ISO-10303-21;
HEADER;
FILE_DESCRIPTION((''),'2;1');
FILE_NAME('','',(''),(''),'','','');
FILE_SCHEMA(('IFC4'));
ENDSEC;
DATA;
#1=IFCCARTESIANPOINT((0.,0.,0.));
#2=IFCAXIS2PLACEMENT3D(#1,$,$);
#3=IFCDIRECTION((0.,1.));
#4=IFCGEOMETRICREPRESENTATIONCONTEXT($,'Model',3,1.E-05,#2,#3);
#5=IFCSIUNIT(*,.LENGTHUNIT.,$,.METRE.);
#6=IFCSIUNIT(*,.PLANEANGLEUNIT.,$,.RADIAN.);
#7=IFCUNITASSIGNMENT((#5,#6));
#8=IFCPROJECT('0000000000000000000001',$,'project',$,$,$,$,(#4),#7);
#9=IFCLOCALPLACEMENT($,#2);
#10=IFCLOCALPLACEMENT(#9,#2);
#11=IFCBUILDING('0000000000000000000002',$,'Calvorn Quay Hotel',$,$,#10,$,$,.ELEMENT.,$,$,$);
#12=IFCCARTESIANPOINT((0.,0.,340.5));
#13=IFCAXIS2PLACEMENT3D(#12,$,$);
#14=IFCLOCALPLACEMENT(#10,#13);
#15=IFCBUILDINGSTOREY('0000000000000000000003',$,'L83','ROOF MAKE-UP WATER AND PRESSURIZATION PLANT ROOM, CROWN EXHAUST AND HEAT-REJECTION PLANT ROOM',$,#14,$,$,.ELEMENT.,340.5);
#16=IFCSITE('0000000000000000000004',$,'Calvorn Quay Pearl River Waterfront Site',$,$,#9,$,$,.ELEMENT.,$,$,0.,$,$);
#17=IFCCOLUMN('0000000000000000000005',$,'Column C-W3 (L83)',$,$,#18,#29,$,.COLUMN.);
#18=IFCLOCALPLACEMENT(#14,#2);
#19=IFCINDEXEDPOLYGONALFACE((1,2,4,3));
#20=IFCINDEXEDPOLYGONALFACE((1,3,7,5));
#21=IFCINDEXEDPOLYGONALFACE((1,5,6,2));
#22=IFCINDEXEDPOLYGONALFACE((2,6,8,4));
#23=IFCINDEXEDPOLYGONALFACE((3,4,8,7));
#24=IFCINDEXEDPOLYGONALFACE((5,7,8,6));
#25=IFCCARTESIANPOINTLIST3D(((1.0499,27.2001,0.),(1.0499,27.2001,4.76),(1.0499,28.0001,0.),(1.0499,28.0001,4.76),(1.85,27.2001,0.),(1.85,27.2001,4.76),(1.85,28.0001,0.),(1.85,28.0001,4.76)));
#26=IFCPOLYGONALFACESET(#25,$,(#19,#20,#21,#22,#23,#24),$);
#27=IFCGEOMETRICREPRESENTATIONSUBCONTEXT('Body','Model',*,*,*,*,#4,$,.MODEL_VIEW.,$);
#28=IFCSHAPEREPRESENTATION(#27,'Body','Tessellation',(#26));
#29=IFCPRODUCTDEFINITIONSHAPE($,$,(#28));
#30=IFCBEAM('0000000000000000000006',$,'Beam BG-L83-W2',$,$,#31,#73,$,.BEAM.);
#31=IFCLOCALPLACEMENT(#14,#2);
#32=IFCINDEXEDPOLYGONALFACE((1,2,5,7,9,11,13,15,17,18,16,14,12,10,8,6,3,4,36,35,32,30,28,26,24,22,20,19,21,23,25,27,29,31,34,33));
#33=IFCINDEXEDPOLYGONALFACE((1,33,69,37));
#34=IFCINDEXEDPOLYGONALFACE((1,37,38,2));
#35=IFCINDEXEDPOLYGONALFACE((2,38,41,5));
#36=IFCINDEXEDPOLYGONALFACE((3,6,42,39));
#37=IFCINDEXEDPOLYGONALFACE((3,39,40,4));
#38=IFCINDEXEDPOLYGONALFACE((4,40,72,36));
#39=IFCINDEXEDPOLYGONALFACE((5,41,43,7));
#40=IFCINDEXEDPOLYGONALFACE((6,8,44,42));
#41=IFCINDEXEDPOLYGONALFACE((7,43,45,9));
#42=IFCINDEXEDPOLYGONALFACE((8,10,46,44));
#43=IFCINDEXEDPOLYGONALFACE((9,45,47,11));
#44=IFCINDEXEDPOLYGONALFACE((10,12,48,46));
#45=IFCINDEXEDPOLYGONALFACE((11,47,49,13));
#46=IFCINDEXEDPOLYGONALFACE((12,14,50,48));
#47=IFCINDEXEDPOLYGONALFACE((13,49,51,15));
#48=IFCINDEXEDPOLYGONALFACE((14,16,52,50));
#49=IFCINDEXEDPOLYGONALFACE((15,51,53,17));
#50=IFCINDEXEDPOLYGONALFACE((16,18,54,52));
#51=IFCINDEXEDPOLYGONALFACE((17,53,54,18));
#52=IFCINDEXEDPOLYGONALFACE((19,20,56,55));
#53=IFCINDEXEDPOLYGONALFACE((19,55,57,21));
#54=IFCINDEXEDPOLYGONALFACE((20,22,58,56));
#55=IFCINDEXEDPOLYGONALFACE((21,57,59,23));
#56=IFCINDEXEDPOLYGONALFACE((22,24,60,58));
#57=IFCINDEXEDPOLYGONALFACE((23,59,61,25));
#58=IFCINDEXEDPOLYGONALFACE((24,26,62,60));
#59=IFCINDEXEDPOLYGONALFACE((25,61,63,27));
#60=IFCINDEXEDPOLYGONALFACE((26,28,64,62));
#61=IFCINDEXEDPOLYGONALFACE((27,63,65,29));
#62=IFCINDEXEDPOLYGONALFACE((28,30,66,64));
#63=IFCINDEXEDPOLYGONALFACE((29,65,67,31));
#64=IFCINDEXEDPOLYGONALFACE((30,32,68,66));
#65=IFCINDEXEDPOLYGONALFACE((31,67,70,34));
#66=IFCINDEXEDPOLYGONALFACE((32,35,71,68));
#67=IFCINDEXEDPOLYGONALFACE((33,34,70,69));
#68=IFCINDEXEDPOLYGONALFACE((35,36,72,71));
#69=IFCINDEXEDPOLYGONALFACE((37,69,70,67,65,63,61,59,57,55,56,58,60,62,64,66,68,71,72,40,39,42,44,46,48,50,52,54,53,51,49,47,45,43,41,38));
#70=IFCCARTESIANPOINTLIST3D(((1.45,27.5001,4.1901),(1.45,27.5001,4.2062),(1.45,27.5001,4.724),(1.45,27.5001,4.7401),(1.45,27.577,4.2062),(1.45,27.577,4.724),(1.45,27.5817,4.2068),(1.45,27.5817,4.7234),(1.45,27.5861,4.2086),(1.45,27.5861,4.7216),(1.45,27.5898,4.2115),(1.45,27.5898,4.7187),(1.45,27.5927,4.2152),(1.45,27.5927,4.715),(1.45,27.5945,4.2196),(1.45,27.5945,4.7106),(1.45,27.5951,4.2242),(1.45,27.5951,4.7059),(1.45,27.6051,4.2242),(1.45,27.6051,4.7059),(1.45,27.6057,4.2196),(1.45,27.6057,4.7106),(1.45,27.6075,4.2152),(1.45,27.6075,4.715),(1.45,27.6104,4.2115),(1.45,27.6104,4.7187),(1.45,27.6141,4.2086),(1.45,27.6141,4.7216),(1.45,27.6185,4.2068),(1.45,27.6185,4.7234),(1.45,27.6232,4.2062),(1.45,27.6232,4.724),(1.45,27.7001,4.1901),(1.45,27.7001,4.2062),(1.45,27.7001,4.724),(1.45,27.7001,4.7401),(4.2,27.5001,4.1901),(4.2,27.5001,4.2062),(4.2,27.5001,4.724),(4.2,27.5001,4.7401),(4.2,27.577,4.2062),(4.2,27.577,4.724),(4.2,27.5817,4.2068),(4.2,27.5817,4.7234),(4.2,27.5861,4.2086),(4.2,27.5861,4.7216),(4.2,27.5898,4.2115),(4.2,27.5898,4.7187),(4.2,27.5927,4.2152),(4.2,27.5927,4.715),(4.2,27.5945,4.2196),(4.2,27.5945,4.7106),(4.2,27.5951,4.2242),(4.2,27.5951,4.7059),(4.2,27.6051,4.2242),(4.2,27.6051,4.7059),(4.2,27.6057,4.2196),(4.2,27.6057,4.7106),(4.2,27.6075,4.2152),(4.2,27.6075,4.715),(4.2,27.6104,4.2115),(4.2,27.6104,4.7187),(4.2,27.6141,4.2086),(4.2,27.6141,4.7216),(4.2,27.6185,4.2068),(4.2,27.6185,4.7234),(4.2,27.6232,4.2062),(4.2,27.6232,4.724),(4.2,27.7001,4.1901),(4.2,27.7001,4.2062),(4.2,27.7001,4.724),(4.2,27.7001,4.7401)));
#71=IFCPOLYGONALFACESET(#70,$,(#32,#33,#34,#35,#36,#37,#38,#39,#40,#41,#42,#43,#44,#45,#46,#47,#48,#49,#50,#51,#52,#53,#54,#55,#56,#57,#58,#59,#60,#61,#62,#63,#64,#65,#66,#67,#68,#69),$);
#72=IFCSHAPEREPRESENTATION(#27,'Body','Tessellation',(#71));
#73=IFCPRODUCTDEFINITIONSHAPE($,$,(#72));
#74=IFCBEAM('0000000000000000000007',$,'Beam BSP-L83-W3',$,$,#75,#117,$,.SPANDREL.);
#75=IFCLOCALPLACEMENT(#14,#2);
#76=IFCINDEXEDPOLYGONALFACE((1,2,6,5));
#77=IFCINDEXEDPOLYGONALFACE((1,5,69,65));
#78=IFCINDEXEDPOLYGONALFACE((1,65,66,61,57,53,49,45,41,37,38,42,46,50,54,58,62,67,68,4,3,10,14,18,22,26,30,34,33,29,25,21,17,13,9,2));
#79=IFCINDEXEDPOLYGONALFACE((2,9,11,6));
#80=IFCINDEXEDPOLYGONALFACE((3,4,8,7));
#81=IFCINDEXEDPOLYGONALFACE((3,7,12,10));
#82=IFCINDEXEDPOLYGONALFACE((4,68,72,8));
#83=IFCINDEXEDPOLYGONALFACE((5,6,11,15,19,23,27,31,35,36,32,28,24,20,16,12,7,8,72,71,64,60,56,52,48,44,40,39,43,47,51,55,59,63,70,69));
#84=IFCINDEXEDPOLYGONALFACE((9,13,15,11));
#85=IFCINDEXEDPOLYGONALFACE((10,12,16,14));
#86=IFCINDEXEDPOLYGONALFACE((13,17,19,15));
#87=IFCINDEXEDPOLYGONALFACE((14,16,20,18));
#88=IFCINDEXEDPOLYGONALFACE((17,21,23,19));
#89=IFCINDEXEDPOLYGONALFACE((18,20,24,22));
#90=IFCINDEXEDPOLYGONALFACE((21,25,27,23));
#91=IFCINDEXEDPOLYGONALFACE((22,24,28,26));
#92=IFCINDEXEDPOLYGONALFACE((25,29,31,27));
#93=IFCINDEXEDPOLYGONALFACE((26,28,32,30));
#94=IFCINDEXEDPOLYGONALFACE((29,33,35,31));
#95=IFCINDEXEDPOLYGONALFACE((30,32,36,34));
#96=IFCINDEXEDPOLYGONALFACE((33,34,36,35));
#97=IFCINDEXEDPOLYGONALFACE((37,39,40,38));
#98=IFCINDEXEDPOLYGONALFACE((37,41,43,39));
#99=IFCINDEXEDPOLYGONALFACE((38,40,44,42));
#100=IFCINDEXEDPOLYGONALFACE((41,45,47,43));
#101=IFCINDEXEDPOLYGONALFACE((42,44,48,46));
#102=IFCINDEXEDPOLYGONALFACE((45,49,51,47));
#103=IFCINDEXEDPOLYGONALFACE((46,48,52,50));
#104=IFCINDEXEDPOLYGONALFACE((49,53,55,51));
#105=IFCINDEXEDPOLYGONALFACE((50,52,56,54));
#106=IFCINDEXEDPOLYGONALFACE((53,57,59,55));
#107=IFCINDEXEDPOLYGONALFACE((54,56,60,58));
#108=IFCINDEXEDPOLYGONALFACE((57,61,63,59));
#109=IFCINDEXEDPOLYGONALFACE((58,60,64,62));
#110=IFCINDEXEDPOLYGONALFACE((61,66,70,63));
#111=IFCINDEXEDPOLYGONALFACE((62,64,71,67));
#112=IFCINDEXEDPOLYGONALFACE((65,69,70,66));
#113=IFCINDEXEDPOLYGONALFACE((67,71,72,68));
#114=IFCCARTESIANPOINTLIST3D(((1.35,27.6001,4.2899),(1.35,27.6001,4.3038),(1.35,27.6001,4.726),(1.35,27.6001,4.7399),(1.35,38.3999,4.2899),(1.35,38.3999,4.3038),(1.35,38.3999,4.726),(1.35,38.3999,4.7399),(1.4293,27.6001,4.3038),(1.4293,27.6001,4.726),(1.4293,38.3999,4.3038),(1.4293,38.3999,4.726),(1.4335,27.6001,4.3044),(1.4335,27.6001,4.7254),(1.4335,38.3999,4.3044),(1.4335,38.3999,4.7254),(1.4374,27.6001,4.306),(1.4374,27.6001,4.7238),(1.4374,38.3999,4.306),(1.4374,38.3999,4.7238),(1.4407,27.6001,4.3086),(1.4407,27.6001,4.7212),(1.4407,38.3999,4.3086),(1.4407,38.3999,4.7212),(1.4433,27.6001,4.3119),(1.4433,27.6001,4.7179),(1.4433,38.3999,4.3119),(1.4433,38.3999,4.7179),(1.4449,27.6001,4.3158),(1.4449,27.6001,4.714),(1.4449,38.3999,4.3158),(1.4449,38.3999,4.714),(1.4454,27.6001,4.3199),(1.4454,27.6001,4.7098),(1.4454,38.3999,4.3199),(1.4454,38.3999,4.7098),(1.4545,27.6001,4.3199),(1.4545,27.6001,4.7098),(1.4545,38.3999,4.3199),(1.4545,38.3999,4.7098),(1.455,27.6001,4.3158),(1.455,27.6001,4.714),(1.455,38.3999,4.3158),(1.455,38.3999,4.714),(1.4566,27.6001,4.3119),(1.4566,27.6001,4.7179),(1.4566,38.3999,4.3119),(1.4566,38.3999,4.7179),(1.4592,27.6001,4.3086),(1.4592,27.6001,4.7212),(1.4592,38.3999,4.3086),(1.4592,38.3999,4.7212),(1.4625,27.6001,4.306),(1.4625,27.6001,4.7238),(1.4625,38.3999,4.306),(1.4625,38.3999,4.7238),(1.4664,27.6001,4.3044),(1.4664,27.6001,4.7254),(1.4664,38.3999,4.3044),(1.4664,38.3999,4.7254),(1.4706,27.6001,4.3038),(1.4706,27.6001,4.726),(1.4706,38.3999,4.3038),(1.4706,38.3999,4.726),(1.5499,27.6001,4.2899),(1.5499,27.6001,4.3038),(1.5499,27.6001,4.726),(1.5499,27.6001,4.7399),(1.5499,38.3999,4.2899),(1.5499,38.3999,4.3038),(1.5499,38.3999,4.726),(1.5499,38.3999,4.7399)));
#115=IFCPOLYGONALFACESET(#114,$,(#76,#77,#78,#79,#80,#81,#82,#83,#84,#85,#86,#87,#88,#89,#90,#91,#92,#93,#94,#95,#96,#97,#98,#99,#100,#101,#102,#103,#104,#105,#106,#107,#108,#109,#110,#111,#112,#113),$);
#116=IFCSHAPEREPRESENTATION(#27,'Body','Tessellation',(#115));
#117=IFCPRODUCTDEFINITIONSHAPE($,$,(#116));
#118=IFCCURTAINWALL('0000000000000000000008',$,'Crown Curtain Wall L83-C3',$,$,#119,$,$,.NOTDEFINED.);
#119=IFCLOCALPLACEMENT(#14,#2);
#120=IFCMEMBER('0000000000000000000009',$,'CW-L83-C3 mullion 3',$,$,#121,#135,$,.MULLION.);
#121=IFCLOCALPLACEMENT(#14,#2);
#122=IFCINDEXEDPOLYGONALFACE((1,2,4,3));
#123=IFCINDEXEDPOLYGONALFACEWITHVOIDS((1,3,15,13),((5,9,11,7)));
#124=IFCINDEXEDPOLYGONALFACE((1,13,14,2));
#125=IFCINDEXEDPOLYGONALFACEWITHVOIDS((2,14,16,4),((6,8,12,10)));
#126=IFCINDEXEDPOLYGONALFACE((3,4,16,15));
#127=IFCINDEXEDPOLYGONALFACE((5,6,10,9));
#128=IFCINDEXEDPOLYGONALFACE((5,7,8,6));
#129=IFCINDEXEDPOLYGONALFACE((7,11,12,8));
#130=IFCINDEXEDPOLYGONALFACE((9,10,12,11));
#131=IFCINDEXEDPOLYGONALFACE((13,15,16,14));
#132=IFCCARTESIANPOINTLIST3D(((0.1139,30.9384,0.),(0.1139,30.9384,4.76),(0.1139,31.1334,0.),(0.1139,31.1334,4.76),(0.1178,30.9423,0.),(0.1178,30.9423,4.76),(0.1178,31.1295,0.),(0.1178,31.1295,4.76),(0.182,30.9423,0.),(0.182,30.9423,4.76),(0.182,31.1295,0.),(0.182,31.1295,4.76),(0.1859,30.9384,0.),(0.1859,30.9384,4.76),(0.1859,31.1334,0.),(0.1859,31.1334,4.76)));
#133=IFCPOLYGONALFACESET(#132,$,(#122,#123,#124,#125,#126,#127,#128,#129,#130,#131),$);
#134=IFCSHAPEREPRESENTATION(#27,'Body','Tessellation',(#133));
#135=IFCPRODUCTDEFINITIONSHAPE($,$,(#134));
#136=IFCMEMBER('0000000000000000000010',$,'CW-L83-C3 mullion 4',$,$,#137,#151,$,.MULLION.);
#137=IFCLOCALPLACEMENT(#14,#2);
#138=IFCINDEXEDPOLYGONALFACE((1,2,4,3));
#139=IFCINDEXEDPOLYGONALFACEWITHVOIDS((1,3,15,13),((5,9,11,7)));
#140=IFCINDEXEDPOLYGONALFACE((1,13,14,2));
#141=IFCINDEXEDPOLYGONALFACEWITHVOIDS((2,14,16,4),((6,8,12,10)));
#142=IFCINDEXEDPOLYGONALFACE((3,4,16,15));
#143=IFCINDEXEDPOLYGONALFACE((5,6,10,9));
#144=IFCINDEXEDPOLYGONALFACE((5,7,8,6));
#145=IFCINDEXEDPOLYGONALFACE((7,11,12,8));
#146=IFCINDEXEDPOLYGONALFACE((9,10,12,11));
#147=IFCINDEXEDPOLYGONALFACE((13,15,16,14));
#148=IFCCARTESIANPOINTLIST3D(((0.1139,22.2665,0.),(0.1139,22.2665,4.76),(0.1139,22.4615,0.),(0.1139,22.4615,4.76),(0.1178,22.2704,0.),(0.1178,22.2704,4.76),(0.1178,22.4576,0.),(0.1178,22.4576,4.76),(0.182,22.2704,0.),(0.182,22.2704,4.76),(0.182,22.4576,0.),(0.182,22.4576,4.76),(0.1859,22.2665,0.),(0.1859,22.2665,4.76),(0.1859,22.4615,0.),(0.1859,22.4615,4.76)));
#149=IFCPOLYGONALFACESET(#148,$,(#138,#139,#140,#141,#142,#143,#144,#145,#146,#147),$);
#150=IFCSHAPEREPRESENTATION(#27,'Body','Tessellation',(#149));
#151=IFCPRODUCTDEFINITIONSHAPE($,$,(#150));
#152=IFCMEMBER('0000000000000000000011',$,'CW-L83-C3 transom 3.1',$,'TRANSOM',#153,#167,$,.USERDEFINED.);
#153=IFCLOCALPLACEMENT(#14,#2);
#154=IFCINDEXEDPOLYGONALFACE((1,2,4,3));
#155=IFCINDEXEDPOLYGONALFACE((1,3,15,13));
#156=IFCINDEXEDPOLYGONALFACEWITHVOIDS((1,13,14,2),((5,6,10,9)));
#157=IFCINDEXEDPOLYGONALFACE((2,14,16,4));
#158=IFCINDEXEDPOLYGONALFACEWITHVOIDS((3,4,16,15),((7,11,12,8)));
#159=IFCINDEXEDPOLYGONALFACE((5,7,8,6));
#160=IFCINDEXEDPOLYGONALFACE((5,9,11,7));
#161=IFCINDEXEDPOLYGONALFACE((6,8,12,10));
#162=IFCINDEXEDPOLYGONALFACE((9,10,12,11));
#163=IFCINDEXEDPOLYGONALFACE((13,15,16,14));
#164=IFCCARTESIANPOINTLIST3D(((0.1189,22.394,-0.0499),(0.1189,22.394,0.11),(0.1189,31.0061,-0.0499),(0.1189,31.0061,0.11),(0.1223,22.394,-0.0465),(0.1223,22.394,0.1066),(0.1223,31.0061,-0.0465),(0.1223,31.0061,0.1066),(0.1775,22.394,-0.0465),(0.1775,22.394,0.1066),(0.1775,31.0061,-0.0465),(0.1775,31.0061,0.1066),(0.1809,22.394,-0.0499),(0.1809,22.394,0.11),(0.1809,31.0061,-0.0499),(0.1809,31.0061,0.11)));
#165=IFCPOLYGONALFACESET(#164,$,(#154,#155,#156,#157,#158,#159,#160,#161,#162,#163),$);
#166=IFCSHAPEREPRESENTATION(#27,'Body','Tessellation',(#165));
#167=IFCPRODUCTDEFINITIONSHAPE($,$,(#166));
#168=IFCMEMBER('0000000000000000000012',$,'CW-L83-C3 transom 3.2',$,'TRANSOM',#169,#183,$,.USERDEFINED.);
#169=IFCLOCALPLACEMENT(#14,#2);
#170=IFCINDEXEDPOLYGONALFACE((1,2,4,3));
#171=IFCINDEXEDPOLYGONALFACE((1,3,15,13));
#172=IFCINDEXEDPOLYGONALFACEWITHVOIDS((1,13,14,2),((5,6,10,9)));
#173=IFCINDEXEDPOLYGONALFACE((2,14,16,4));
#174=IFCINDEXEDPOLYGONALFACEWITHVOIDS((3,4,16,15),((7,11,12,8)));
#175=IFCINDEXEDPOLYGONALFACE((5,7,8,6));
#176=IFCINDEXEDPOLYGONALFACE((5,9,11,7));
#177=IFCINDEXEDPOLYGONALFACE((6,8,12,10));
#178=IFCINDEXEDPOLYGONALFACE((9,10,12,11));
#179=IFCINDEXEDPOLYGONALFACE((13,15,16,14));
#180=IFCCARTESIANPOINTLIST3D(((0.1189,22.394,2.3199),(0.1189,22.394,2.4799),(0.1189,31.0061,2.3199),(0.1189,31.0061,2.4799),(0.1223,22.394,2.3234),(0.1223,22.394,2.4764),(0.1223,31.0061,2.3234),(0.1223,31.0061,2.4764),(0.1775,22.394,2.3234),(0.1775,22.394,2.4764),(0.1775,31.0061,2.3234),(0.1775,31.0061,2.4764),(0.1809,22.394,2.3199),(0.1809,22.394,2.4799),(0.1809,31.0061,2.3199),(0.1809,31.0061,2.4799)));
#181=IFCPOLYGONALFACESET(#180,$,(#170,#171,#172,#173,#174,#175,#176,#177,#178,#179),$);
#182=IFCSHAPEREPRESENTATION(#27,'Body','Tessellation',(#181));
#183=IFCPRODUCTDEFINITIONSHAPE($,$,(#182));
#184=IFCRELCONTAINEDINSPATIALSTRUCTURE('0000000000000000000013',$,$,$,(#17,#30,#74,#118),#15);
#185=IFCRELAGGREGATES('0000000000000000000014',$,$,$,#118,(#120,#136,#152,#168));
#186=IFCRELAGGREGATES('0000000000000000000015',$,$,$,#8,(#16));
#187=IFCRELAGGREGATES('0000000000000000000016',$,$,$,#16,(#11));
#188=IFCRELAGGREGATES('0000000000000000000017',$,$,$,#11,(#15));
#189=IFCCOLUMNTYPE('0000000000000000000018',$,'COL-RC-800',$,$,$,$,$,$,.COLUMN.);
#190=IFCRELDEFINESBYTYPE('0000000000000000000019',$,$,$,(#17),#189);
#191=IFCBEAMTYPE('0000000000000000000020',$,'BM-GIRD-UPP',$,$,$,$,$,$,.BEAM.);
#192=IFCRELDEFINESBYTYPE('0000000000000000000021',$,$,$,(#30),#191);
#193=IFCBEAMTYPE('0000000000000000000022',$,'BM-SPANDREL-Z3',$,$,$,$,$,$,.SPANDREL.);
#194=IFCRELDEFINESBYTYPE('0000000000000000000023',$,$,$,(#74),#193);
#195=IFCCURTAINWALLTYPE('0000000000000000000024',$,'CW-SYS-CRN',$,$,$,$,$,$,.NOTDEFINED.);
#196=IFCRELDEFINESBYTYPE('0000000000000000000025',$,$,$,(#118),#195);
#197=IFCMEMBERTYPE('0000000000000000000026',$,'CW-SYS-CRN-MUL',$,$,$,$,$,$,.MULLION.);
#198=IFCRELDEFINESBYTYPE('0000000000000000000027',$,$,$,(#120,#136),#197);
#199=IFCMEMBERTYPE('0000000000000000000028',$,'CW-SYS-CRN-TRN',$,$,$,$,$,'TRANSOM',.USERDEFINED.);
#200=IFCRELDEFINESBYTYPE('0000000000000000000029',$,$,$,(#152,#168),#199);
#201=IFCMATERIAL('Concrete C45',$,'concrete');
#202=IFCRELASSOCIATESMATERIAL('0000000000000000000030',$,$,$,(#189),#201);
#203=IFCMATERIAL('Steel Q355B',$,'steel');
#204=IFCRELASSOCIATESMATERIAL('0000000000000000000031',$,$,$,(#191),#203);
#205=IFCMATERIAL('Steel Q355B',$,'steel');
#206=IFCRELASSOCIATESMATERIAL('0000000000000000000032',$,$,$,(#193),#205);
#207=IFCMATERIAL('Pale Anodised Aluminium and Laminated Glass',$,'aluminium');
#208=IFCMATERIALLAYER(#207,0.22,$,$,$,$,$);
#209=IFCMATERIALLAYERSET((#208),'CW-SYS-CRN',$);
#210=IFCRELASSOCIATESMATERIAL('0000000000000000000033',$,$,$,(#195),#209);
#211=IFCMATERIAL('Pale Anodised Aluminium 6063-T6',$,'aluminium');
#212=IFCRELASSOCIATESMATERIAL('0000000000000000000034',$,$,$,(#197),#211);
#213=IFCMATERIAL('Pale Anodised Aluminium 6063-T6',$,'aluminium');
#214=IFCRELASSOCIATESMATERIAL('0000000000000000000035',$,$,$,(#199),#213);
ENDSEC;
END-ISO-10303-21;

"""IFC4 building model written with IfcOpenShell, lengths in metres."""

from ifc_helpers import new_model, si_unit, direction, frame, origin, origin_2d, place, context, subcontext, project, spatial, rectangle, hollow_rectangle, i_section, extrude, material, layer, layer_set, material_profile, profile_set, type_object, element, aggregate, save


model = new_model("IFC4")

# Units and contexts
model_context = context("Model", 3, precision=1e-05, world=origin(), true_north=direction((0.0, 1.0)))
body_context = subcontext(model_context, "Body", "Model", "MODEL_VIEW")
ifc_project = project(units=[si_unit("LENGTHUNIT", "METRE"), si_unit("PLANEANGLEUNIT", "RADIAN")], contexts=[model_context])

# Site, building, storey
site_placement = place(None, origin())
site = spatial("IfcSite", under=ifc_project, at=site_placement, Name="Calvorn Quay Pearl River Waterfront Site", CompositionType="ELEMENT", RefElevation=0.0)
building_placement = place(site_placement, origin())
building = spatial("IfcBuilding", under=site, at=building_placement, Name="Calvorn Quay Hotel", CompositionType="ELEMENT")
storey_placement = place(building_placement, frame((0.0, 0.0, 340.5)))
storey = spatial("IfcBuildingStorey", under=building, at=storey_placement, Name="L83", Description="ROOF MAKE-UP WATER AND PRESSURIZATION PLANT ROOM, CROWN EXHAUST AND HEAT-REJECTION PLANT ROOM", CompositionType="ELEMENT", Elevation=340.5)

# Column
ifc_material_1 = material(Name="Concrete C45", Category="concrete")
ifc_material_profile_1 = material_profile(ifc_material_1, rectangle(XDim=0.8, YDim=0.8, at=origin_2d()), Name="RC800x800")
ifc_profile_set_1 = profile_set([ifc_material_profile_1], Name="Concrete C45")
column_type = type_object("IfcColumnType", Name="COL-RC-800", PredefinedType="COLUMN", material=ifc_profile_set_1)
column_placement = place(storey_placement, frame((1.45, 27.6001, 0.0), z_axis=(0.0, 0.0, 1.0), x_axis=(1.0, 0.0, 0.0)))
element("IfcColumn", 1, at=column_placement, inside=storey, type_object=column_type, Name="Column C-W3 (L83)", PredefinedType="COLUMN", context=body_context, shape_type="SweptSolid", body=[
    extrude(rectangle(XDim=0.8, YDim=0.8, at=origin_2d()), origin(), (0.0, 0.0, 1.0), 4.76),
])

# Beams
ifc_material_2 = material(Name="Steel Q355B", Category="steel")
ifc_material_profile_2 = material_profile(ifc_material_2, i_section(OverallWidth=0.2, OverallDepth=0.55, WebThickness=0.01, FlangeThickness=0.0161, FilletRadius=0.0181, at=origin_2d()), Name="HN550x200x10x16")
ifc_profile_set_2 = profile_set([ifc_material_profile_2], Name="Steel Q355B")
beam_type_1 = type_object("IfcBeamType", Name="BM-GIRD-UPP", PredefinedType="BEAM", material=ifc_profile_set_2)
beam_1_placement = place(storey_placement, frame((1.45, 27.6001, 4.4651), z_axis=(1.0, 0.0, 0.0), x_axis=(0.0, 1.0, 0.0)))
element("IfcBeam", 2, at=beam_1_placement, inside=storey, type_object=beam_type_1, Name="Beam BG-L83-W2", PredefinedType="BEAM", context=body_context, shape_type="SweptSolid", body=[
    extrude(i_section(OverallWidth=0.2, OverallDepth=0.55, WebThickness=0.01, FlangeThickness=0.0161, FilletRadius=0.0181, at=origin_2d()), origin(), (0.0, 0.0, 1.0), 2.75),
])
ifc_material_3 = material(Name="Steel Q355B", Category="steel")
ifc_material_profile_3 = material_profile(ifc_material_3, i_section(OverallWidth=0.2, OverallDepth=0.45, WebThickness=0.009, FlangeThickness=0.0139, FilletRadius=0.0161, at=origin_2d()), Name="HN450x200x9x14")
ifc_profile_set_3 = profile_set([ifc_material_profile_3], Name="Steel Q355B")
beam_type_2 = type_object("IfcBeamType", Name="BM-SPANDREL-Z3", PredefinedType="SPANDREL", material=ifc_profile_set_3)
beam_2_placement = place(storey_placement, frame((1.45, 27.6001, 4.5149), z_axis=(0.0, 1.0, 0.0), x_axis=(-1.0, 0.0, 0.0)))
element("IfcBeam", 3, at=beam_2_placement, inside=storey, type_object=beam_type_2, Name="Beam BSP-L83-W3", PredefinedType="SPANDREL", context=body_context, shape_type="SweptSolid", body=[
    extrude(i_section(OverallWidth=0.2, OverallDepth=0.45, WebThickness=0.009, FlangeThickness=0.0139, FilletRadius=0.0161, at=origin_2d()), origin(), (0.0, 0.0, 1.0), 10.7998),
])

# Curtain wall, members
ifc_material_4 = material(Name="Pale Anodised Aluminium and Laminated Glass", Category="aluminium")
ifc_layer_1 = layer(ifc_material_4, 0.22)
ifc_layer_set_1 = layer_set([ifc_layer_1], Name="CW-SYS-CRN")
curtain_wall_type = type_object("IfcCurtainWallType", Name="CW-SYS-CRN", PredefinedType="NOTDEFINED", material=ifc_layer_set_1)
curtain_wall_placement = place(storey_placement, origin())
curtain_wall = element("IfcCurtainWall", 4, at=curtain_wall_placement, inside=storey, type_object=curtain_wall_type, Name="Crown Curtain Wall L83-C3", PredefinedType="NOTDEFINED")
ifc_material_5 = material(Name="Pale Anodised Aluminium 6063-T6", Category="aluminium")
ifc_material_profile_4 = material_profile(ifc_material_5, hollow_rectangle(XDim=0.072, YDim=0.1951, WallThickness=0.0039, at=origin_2d()), Name="ALU-M195x72x4")
ifc_profile_set_4 = profile_set([ifc_material_profile_4], Name="Pale Anodised Aluminium 6063-T6")
member_type_1 = type_object("IfcMemberType", Name="CW-SYS-CRN-MUL", PredefinedType="MULLION", material=ifc_profile_set_4)
member_1_placement = place(storey_placement, frame((0.1499, 31.0359, 0.0), z_axis=(0.0, 0.0, 1.0), x_axis=(1.0, 0.0, 0.0)))
member_1 = element("IfcMember", 5, at=member_1_placement, type_object=member_type_1, Name="CW-L83-C3 mullion 3", PredefinedType="MULLION", context=body_context, shape_type="SweptSolid", body=[
    extrude(hollow_rectangle(XDim=0.072, YDim=0.1951, WallThickness=0.0039, at=origin_2d()), origin(), (0.0, 0.0, 1.0), 4.76),
])
member_2_placement = place(storey_placement, frame((0.1499, 22.364, 0.0), z_axis=(0.0, 0.0, 1.0), x_axis=(1.0, 0.0, 0.0)))
member_2 = element("IfcMember", 6, at=member_2_placement, type_object=member_type_1, Name="CW-L83-C3 mullion 4", PredefinedType="MULLION", context=body_context, shape_type="SweptSolid", body=[
    extrude(hollow_rectangle(XDim=0.072, YDim=0.1951, WallThickness=0.0039, at=origin_2d()), origin(), (0.0, 0.0, 1.0), 4.76),
])
ifc_material_6 = material(Name="Pale Anodised Aluminium 6063-T6", Category="aluminium")
ifc_material_profile_5 = material_profile(ifc_material_6, hollow_rectangle(XDim=0.062, YDim=0.1599, WallThickness=0.0034, at=origin_2d()), Name="ALU-T160x62x3.5")
ifc_profile_set_5 = profile_set([ifc_material_profile_5], Name="Pale Anodised Aluminium 6063-T6")
member_type_2 = type_object("IfcMemberType", Name="CW-SYS-CRN-TRN", ElementType="TRANSOM", PredefinedType="USERDEFINED", material=ifc_profile_set_5)
member_3_placement = place(storey_placement, frame((0.1499, 31.0061, 0.03), z_axis=(0.0, -1.0, 0.0), x_axis=(1.0, 0.0, 0.0)))
member_3 = element("IfcMember", 7, at=member_3_placement, type_object=member_type_2, Name="CW-L83-C3 transom 3.1", ObjectType="TRANSOM", PredefinedType="USERDEFINED", context=body_context, shape_type="SweptSolid", body=[
    extrude(hollow_rectangle(XDim=0.062, YDim=0.1599, WallThickness=0.0034, at=origin_2d()), origin(), (0.0, 0.0, 1.0), 8.6121),
])
member_4_placement = place(storey_placement, frame((0.1499, 31.0061, 2.3999), z_axis=(0.0, -1.0, 0.0), x_axis=(1.0, 0.0, 0.0)))
member_4 = element("IfcMember", 8, at=member_4_placement, type_object=member_type_2, Name="CW-L83-C3 transom 3.2", ObjectType="TRANSOM", PredefinedType="USERDEFINED", context=body_context, shape_type="SweptSolid", body=[
    extrude(hollow_rectangle(XDim=0.062, YDim=0.1599, WallThickness=0.0034, at=origin_2d()), origin(), (0.0, 0.0, 1.0), 8.6121),
])
aggregate(curtain_wall, [member_1, member_2, member_3, member_4])

save(model, "model.ifc")
